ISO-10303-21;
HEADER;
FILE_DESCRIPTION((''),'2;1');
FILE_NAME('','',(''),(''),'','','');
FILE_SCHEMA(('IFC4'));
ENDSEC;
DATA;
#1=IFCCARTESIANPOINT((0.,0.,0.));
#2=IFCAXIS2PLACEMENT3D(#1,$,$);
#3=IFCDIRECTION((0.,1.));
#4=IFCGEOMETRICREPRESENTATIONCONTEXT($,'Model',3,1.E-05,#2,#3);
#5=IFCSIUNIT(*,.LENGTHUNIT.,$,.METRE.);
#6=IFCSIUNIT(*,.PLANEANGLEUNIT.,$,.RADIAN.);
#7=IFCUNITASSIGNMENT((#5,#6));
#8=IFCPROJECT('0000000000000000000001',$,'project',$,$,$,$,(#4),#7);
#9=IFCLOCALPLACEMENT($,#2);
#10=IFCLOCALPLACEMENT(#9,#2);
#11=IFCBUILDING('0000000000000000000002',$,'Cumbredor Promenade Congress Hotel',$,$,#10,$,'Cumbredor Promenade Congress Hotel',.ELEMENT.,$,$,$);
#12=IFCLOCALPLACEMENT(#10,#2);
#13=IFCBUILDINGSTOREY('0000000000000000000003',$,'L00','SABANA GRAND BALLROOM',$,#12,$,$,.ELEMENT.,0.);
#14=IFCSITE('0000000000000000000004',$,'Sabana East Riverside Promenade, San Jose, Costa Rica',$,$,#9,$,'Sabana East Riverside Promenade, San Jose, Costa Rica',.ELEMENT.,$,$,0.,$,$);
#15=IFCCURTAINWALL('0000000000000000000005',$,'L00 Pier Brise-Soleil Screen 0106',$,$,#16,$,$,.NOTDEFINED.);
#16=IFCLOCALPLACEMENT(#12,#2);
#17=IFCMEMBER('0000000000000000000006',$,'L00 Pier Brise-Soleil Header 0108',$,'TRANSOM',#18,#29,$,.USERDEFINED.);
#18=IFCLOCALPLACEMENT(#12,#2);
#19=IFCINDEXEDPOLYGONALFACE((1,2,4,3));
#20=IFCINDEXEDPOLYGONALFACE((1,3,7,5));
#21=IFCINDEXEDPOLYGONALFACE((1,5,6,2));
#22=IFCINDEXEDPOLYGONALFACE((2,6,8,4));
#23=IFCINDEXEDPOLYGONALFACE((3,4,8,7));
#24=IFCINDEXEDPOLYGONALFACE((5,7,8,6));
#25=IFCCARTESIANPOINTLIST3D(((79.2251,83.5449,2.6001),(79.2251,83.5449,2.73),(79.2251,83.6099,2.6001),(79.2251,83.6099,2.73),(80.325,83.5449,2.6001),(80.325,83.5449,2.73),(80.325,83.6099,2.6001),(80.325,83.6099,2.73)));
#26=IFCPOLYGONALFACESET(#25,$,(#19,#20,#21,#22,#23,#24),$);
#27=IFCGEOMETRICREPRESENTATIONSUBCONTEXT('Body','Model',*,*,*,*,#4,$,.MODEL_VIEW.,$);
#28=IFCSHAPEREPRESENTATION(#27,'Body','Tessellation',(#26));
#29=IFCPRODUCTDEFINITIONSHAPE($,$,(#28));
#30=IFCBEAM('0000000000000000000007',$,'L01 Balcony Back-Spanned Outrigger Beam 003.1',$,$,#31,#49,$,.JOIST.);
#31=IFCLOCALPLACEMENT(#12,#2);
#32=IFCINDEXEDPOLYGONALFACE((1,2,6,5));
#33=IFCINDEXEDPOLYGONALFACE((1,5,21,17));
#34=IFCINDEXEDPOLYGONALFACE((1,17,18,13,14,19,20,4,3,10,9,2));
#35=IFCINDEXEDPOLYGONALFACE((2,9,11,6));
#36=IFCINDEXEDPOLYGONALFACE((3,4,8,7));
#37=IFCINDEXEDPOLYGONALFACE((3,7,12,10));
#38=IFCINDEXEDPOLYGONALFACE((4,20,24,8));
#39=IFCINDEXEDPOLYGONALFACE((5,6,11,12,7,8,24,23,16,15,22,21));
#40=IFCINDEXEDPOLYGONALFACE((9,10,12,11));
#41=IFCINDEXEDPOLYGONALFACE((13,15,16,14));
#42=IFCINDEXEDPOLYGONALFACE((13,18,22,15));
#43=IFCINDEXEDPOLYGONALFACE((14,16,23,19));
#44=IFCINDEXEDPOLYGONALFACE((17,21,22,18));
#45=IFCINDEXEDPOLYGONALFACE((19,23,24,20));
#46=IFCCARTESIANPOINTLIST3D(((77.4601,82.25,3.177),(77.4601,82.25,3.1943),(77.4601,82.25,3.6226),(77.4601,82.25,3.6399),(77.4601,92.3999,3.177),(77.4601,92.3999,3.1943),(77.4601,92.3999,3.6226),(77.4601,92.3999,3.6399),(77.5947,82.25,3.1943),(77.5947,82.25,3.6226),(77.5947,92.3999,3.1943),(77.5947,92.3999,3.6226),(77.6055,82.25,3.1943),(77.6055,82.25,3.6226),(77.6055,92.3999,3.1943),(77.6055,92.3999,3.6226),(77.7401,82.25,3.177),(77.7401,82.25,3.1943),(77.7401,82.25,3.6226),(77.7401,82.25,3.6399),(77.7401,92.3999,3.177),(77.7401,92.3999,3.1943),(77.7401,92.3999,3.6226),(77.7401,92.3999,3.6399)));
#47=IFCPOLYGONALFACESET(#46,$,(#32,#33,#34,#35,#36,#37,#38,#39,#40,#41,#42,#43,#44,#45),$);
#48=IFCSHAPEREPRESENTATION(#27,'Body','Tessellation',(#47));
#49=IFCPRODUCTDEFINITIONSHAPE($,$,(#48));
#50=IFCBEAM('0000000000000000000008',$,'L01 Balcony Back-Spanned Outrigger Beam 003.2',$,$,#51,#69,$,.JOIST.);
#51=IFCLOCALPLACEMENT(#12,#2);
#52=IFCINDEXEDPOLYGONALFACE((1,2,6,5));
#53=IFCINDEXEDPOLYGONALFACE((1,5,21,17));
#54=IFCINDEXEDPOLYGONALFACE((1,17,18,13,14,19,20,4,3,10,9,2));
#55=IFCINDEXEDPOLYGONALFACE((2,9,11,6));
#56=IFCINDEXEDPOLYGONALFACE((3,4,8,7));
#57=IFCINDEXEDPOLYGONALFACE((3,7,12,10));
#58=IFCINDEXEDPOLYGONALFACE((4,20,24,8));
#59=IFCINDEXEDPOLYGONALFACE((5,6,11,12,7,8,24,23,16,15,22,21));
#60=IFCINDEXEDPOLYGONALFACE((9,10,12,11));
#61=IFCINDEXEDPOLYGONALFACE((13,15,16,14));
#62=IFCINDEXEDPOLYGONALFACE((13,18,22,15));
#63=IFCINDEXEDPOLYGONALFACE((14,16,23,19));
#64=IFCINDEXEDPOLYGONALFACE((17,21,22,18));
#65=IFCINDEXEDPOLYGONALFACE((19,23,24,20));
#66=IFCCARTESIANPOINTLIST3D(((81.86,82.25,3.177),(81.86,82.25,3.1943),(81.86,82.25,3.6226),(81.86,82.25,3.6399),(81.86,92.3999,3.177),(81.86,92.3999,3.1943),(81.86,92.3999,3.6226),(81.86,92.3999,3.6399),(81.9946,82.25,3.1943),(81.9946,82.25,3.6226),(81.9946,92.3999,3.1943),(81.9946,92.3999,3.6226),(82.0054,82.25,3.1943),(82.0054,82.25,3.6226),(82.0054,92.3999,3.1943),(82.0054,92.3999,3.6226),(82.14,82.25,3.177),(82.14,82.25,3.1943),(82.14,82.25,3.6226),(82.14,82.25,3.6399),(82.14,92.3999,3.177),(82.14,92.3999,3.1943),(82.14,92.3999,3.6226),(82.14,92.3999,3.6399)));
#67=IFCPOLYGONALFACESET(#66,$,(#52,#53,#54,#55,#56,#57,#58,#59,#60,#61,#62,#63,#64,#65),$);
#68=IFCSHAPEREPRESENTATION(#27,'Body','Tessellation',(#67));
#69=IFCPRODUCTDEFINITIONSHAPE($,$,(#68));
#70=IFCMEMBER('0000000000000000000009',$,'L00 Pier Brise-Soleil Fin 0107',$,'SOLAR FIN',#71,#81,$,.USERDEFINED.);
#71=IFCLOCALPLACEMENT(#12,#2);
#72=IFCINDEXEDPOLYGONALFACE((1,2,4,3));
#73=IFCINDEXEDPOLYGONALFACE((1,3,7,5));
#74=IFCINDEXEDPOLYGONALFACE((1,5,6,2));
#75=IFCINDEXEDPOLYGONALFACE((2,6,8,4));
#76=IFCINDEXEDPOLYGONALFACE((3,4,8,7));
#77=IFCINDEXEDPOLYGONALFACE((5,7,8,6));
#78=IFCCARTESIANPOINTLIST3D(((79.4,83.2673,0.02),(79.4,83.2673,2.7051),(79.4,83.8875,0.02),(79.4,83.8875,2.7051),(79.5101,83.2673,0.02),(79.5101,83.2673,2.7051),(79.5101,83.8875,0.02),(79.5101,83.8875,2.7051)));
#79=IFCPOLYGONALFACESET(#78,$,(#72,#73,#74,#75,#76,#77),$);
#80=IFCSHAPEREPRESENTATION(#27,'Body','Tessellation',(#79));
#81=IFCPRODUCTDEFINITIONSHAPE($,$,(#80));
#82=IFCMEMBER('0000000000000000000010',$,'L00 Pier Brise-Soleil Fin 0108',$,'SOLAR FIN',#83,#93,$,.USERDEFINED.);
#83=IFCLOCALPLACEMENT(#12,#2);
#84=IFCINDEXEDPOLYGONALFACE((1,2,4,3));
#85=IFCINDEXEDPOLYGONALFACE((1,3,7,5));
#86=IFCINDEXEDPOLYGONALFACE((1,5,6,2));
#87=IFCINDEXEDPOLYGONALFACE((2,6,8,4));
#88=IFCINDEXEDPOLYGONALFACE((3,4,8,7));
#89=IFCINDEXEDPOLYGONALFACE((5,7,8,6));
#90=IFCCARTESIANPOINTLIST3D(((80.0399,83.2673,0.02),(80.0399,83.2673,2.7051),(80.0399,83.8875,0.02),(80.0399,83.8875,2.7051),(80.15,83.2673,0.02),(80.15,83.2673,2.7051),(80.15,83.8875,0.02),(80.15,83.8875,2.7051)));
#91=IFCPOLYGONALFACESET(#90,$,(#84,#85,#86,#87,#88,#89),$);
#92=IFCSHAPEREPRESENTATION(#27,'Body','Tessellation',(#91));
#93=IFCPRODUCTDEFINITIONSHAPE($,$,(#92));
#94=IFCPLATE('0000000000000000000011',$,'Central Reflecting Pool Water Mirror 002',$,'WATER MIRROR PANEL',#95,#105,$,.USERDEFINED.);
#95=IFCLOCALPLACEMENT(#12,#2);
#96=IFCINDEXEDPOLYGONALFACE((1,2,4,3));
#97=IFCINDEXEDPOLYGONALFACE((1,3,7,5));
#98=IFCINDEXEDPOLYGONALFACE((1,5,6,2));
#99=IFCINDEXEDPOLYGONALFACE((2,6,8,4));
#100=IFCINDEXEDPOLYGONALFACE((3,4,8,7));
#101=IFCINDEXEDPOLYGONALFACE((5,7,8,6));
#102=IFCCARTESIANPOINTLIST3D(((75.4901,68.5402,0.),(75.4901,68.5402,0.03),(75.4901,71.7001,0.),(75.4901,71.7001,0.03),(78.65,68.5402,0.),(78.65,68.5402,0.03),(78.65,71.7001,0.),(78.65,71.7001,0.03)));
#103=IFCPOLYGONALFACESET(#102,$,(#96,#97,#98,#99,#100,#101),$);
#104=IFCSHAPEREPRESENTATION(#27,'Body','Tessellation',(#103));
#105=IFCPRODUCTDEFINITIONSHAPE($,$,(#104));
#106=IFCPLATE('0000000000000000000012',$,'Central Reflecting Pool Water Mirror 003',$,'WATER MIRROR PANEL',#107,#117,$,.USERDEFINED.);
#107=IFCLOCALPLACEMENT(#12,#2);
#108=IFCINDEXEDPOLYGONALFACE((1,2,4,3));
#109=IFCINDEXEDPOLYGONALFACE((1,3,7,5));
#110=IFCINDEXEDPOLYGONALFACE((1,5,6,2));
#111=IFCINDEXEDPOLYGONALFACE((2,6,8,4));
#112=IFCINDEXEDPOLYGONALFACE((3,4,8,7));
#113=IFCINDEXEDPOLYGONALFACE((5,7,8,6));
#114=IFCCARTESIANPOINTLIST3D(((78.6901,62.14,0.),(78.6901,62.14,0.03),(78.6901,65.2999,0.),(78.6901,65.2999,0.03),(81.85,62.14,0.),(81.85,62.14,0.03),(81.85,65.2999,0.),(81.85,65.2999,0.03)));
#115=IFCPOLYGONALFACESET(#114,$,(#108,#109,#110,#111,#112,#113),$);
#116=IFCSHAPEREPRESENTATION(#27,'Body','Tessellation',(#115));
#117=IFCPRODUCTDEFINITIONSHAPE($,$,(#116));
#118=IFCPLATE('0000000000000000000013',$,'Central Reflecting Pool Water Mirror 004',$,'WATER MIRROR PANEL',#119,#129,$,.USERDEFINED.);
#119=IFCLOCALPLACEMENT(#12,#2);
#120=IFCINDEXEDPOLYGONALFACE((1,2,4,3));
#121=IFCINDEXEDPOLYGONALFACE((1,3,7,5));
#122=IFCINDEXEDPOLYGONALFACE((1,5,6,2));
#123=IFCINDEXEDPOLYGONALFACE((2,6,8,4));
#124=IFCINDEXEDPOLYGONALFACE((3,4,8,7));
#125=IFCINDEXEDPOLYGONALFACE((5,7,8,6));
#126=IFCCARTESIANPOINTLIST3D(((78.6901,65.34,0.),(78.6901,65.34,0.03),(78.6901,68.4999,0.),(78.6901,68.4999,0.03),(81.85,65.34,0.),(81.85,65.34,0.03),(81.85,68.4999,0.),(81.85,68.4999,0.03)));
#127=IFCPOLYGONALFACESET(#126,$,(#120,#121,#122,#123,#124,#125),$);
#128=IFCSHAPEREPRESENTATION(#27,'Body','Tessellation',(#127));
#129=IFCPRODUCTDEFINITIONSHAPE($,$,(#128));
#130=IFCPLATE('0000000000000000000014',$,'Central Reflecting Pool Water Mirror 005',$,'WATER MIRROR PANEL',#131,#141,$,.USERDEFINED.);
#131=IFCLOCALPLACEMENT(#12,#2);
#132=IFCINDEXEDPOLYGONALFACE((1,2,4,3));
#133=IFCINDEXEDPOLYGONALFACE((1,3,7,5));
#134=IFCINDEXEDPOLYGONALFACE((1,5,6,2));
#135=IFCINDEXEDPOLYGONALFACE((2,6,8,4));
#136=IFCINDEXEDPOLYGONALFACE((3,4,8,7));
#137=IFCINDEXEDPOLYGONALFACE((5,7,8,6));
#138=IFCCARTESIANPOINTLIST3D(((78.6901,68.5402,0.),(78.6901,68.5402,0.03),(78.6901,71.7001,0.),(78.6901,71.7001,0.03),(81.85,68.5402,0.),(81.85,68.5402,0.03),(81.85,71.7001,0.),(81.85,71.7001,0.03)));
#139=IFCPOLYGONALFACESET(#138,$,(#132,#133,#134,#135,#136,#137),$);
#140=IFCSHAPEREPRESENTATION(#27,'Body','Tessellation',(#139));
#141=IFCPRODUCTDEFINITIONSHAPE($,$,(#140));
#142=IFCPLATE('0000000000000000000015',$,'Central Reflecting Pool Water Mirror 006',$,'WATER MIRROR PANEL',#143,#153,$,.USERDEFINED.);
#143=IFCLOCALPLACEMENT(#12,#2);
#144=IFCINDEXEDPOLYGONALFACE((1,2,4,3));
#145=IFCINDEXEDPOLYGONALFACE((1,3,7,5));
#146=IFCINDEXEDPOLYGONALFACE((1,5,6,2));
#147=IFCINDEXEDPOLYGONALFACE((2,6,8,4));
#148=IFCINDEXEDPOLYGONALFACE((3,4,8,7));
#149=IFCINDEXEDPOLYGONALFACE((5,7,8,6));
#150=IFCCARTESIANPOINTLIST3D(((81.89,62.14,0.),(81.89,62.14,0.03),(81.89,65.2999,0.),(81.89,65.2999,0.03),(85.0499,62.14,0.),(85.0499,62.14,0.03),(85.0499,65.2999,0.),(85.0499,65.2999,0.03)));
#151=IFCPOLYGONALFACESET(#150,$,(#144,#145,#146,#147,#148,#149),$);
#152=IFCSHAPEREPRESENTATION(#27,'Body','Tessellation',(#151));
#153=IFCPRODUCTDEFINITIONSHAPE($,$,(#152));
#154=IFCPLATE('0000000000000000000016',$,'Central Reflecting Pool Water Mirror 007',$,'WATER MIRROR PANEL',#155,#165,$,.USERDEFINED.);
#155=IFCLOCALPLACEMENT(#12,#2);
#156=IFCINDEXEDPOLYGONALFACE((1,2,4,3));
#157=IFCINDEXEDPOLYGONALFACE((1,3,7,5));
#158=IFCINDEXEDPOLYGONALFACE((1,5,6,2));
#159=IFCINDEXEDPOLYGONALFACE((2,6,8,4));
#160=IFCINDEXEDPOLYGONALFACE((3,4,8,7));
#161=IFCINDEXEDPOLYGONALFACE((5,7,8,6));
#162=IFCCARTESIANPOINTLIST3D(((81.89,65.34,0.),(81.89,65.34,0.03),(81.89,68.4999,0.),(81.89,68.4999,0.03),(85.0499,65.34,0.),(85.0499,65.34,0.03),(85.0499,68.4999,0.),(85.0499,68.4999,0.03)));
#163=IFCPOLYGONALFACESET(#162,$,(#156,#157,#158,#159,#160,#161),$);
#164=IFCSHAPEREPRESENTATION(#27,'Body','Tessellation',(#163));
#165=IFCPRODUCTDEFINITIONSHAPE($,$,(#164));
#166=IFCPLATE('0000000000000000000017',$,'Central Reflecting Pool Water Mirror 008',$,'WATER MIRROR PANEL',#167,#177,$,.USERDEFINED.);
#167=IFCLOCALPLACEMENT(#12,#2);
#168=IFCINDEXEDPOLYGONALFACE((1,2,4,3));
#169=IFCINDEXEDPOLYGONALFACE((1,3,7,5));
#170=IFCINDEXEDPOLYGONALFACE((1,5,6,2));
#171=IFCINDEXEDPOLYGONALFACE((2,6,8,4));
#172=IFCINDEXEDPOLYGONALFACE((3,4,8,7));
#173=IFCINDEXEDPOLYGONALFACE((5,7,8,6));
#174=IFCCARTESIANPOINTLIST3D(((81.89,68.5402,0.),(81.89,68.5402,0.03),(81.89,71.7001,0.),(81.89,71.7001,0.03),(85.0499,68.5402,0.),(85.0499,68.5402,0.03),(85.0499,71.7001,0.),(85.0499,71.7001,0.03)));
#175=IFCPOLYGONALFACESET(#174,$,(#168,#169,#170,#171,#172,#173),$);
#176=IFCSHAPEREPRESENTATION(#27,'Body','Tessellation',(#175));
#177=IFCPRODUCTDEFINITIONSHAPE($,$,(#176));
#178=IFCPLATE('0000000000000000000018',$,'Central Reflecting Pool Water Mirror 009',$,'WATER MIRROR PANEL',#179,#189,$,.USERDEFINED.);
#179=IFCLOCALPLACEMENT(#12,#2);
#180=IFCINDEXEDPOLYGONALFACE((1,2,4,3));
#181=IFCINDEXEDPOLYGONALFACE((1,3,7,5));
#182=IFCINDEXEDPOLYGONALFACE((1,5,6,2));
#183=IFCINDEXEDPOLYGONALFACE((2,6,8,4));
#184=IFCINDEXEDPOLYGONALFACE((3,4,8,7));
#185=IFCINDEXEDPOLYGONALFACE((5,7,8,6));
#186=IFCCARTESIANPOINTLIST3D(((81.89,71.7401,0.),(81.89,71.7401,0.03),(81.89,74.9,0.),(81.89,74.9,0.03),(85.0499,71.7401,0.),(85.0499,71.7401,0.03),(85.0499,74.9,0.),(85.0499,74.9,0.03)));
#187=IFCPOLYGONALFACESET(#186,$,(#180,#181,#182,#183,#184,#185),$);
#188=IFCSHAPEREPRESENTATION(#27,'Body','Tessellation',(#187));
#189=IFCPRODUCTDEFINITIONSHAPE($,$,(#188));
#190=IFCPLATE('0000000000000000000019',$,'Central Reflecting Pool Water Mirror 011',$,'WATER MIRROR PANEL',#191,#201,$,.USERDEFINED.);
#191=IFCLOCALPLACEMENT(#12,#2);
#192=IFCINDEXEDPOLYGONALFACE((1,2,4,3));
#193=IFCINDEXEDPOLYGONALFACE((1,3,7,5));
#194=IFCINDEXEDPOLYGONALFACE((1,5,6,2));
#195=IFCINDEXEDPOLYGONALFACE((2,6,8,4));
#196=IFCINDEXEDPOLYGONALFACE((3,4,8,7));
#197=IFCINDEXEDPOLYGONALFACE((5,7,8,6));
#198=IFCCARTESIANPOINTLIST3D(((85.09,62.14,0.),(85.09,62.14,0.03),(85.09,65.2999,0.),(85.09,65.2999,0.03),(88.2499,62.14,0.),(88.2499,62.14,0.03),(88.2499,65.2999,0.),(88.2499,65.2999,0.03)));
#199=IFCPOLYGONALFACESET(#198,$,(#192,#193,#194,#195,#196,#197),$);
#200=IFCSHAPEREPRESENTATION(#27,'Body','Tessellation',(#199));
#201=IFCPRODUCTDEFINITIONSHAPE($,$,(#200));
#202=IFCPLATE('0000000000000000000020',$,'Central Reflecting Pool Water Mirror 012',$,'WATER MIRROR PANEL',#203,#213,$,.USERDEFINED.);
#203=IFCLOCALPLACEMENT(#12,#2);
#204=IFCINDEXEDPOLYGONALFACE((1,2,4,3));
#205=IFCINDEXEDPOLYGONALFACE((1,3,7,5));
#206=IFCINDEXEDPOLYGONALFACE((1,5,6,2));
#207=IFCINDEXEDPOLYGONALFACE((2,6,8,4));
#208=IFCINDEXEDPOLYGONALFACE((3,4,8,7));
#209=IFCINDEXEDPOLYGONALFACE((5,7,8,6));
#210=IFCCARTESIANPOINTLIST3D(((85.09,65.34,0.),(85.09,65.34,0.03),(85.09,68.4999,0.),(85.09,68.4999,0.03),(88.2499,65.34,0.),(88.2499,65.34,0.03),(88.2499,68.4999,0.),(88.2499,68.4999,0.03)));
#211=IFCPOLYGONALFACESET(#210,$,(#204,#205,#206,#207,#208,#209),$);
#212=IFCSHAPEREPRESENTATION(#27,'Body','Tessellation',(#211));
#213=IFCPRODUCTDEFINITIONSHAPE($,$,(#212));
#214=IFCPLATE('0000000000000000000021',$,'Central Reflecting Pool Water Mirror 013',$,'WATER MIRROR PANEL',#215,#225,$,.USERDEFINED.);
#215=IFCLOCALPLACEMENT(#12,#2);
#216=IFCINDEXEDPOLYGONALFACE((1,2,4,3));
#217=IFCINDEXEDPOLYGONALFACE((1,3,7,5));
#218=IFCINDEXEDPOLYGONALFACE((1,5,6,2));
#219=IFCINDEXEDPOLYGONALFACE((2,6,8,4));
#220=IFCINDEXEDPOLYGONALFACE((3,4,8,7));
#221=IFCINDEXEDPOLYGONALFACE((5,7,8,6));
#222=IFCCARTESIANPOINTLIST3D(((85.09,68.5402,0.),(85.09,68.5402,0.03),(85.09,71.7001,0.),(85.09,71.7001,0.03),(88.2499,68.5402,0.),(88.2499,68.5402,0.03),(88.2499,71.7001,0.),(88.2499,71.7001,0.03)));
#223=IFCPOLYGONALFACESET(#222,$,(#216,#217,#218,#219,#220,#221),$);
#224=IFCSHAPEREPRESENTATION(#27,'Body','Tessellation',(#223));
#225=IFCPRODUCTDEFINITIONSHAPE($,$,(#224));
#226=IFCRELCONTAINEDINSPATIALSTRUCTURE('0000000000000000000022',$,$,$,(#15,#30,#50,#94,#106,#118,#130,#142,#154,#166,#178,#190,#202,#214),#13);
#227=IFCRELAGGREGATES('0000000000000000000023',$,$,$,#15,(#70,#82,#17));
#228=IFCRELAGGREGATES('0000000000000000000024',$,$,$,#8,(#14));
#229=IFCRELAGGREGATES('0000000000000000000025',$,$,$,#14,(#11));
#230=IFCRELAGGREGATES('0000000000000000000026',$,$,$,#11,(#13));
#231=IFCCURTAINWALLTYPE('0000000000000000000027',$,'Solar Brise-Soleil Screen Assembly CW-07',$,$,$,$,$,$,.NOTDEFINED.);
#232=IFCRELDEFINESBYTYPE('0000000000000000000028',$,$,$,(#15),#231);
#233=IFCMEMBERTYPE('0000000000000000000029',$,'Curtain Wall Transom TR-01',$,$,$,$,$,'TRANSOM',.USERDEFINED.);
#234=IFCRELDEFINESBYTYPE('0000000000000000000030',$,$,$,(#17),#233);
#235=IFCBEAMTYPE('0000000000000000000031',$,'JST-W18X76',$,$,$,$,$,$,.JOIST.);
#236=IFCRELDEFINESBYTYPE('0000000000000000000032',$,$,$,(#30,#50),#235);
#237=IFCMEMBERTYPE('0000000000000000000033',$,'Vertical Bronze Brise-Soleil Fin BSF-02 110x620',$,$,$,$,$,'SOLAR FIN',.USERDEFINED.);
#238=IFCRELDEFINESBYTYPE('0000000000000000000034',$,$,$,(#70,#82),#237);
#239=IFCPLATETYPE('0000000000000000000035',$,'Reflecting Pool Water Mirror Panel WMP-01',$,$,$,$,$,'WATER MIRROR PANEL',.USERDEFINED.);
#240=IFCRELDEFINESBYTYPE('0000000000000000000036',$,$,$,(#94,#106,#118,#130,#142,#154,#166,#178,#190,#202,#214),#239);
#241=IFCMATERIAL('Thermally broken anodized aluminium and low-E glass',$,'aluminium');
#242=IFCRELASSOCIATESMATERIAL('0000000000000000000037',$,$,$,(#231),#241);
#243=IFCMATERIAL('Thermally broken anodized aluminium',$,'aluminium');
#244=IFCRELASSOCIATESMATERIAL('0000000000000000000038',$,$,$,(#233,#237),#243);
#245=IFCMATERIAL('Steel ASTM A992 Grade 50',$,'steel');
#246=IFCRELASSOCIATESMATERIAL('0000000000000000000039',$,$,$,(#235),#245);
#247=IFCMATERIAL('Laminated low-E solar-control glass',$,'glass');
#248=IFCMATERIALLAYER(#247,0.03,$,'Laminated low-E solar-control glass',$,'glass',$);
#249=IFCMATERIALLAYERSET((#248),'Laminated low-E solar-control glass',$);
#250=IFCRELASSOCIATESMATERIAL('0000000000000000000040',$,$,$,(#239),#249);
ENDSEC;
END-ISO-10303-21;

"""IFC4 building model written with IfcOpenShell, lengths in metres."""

from ifc_helpers import new_model, si_unit, direction, frame, origin, origin_2d, place, context, subcontext, project, spatial, rectangle, i_section, extrude, material, layer, layer_set, material_profile, profile_set, type_object, element, aggregate, save


model = new_model("IFC4")

# Units and contexts
model_context = context("Model", 3, precision=1e-05, world=origin(), true_north=direction((0.0, 1.0)))
body_context = subcontext(model_context, "Body", "Model", "MODEL_VIEW")
ifc_project = project(units=[si_unit("LENGTHUNIT", "METRE"), si_unit("PLANEANGLEUNIT", "RADIAN")], contexts=[model_context])

# Site, building, storey
site_placement = place(None, origin())
site = spatial("IfcSite", under=ifc_project, at=site_placement, Name="Sabana East Riverside Promenade, San Jose, Costa Rica", LongName="Sabana East Riverside Promenade, San Jose, Costa Rica", CompositionType="ELEMENT", RefElevation=0.0)
building_placement = place(site_placement, origin())
building = spatial("IfcBuilding", under=site, at=building_placement, Name="Cumbredor Promenade Congress Hotel", LongName="Cumbredor Promenade Congress Hotel", CompositionType="ELEMENT")
storey_placement = place(building_placement, origin())
storey = spatial("IfcBuildingStorey", under=building, at=storey_placement, Name="L00", Description="SABANA GRAND BALLROOM", CompositionType="ELEMENT", Elevation=0.0)

# Curtain wall, member
ifc_material_1 = material(Name="Thermally broken anodized aluminium and low-E glass", Category="aluminium")
curtain_wall_type = type_object("IfcCurtainWallType", Name="Solar Brise-Soleil Screen Assembly CW-07", PredefinedType="NOTDEFINED", material=ifc_material_1)
curtain_wall_placement = place(storey_placement, origin())
curtain_wall = element("IfcCurtainWall", 1, at=curtain_wall_placement, inside=storey, type_object=curtain_wall_type, Name="L00 Pier Brise-Soleil Screen 0106", PredefinedType="NOTDEFINED")
ifc_material_2 = material(Name="Thermally broken anodized aluminium", Category="aluminium")
ifc_material_profile_1 = material_profile(ifc_material_2, rectangle(XDim=0.0649, YDim=0.1299, at=origin_2d()), Name="ALU TRANSOM 65x130")
ifc_profile_set_1 = profile_set([ifc_material_profile_1], Name="Thermally broken anodized aluminium")
member_type_1 = type_object("IfcMemberType", Name="Curtain Wall Transom TR-01", ElementType="TRANSOM", PredefinedType="USERDEFINED", material=ifc_profile_set_1)
member_1_placement = place(storey_placement, frame((79.2251, 83.5774, 2.665), z_axis=(1.0, 0.0, 0.0), x_axis=(0.0, 1.0, 0.0)))
member_1 = element("IfcMember", 2, at=member_1_placement, type_object=member_type_1, Name="L00 Pier Brise-Soleil Header 0108", ObjectType="TRANSOM", PredefinedType="USERDEFINED", context=body_context, shape_type="SweptSolid", body=[
    extrude(rectangle(XDim=0.0649, YDim=0.1299, at=origin_2d()), origin(), (0.0, 0.0, 1.0), 1.0999),
])

# Beams
ifc_material_3 = material(Name="Steel ASTM A992 Grade 50", Category="steel")
ifc_material_profile_2 = material_profile(ifc_material_3, i_section(OverallWidth=0.28, OverallDepth=0.4629, WebThickness=0.0107, FlangeThickness=0.0173, at=origin_2d()), Name="W18X76")
ifc_profile_set_2 = profile_set([ifc_material_profile_2], Name="Steel ASTM A992 Grade 50")
beam_type = type_object("IfcBeamType", Name="JST-W18X76", PredefinedType="JOIST", material=ifc_profile_set_2)
for number, where, z_axis, x_axis, name in (
    (3, (77.6001, 82.25, 3.4084), (0.0, 1.0, 0.0), (-1.0, 0.0, 0.0), "L01 Balcony Back-Spanned Outrigger Beam 003.1"),
    (4, (82.0, 82.25, 3.4084), (0.0, 1.0, 0.0), (-1.0, 0.0, 0.0), "L01 Balcony Back-Spanned Outrigger Beam 003.2"),
):
    element("IfcBeam", number, at=place(storey_placement, frame(where, z_axis=z_axis, x_axis=x_axis)), inside=storey, type_object=beam_type, Name=name, PredefinedType="JOIST", context=body_context, shape_type="SweptSolid", body=[
        extrude(i_section(OverallWidth=0.28, OverallDepth=0.4629, WebThickness=0.0107, FlangeThickness=0.0173, at=origin_2d()), origin(), (0.0, 0.0, 1.0), 10.1499),
    ])

# Members
ifc_material_profile_3 = material_profile(ifc_material_2, rectangle(XDim=0.1101, YDim=0.6201, at=origin_2d()), Name="ARCH FIN 110x620")
ifc_profile_set_3 = profile_set([ifc_material_profile_3], Name="Thermally broken anodized aluminium")
member_type_2 = type_object("IfcMemberType", Name="Vertical Bronze Brise-Soleil Fin BSF-02 110x620", ElementType="SOLAR FIN", PredefinedType="USERDEFINED", material=ifc_profile_set_3)
member_2_placement = place(storey_placement, frame((79.4551, 83.5774, 0.02), z_axis=(0.0, 0.0, 1.0), x_axis=(1.0, 0.0, 0.0)))
member_2 = element("IfcMember", 5, at=member_2_placement, type_object=member_type_2, Name="L00 Pier Brise-Soleil Fin 0107", ObjectType="SOLAR FIN", PredefinedType="USERDEFINED", context=body_context, shape_type="SweptSolid", body=[
    extrude(rectangle(XDim=0.1101, YDim=0.6201, at=origin_2d()), origin(), (0.0, 0.0, 1.0), 2.6851),
])
member_3_placement = place(storey_placement, frame((80.095, 83.5774, 0.02), z_axis=(0.0, 0.0, 1.0), x_axis=(1.0, 0.0, 0.0)))
member_3 = element("IfcMember", 6, at=member_3_placement, type_object=member_type_2, Name="L00 Pier Brise-Soleil Fin 0108", ObjectType="SOLAR FIN", PredefinedType="USERDEFINED", context=body_context, shape_type="SweptSolid", body=[
    extrude(rectangle(XDim=0.1101, YDim=0.6201, at=origin_2d()), origin(), (0.0, 0.0, 1.0), 2.6851),
])
aggregate(curtain_wall, [member_2, member_3, member_1])

# Plates
ifc_material_4 = material(Name="Laminated low-E solar-control glass", Category="glass")
ifc_layer_1 = layer(ifc_material_4, 0.03, Name="Laminated low-E solar-control glass", Category="glass")
ifc_layer_set_1 = layer_set([ifc_layer_1], Name="Laminated low-E solar-control glass")
plate_type = type_object("IfcPlateType", Name="Reflecting Pool Water Mirror Panel WMP-01", ElementType="WATER MIRROR PANEL", PredefinedType="USERDEFINED", material=ifc_layer_set_1)
for number, where, z_axis, x_axis, name in (
    (7, (77.0701, 70.1201, 0.0), (0.0, 0.0, 1.0), (1.0, 0.0, 0.0), "Central Reflecting Pool Water Mirror 002"),
    (8, (80.27, 63.72, 0.0), (0.0, 0.0, 1.0), (1.0, 0.0, 0.0), "Central Reflecting Pool Water Mirror 003"),
    (9, (80.27, 66.9199, 0.0), (0.0, 0.0, 1.0), (1.0, 0.0, 0.0), "Central Reflecting Pool Water Mirror 004"),
    (10, (80.27, 70.1201, 0.0), (0.0, 0.0, 1.0), (1.0, 0.0, 0.0), "Central Reflecting Pool Water Mirror 005"),
    (11, (83.47, 63.72, 0.0), (0.0, 0.0, 1.0), (1.0, 0.0, 0.0), "Central Reflecting Pool Water Mirror 006"),
    (12, (83.47, 66.9199, 0.0), (0.0, 0.0, 1.0), (1.0, 0.0, 0.0), "Central Reflecting Pool Water Mirror 007"),
    (13, (83.47, 70.1201, 0.0), (0.0, 0.0, 1.0), (1.0, 0.0, 0.0), "Central Reflecting Pool Water Mirror 008"),
    (14, (83.47, 73.3201, 0.0), (0.0, 0.0, 1.0), (1.0, 0.0, 0.0), "Central Reflecting Pool Water Mirror 009"),
    (15, (86.6699, 63.72, 0.0), (0.0, 0.0, 1.0), (1.0, 0.0, 0.0), "Central Reflecting Pool Water Mirror 011"),
    (16, (86.6699, 66.9199, 0.0), (0.0, 0.0, 1.0), (1.0, 0.0, 0.0), "Central Reflecting Pool Water Mirror 012"),
    (17, (86.6699, 70.1201, 0.0), (0.0, 0.0, 1.0), (1.0, 0.0, 0.0), "Central Reflecting Pool Water Mirror 013"),
):
    element("IfcPlate", number, at=place(storey_placement, frame(where, z_axis=z_axis, x_axis=x_axis)), inside=storey, type_object=plate_type, Name=name, ObjectType="WATER MIRROR PANEL", PredefinedType="USERDEFINED", context=body_context, shape_type="SweptSolid", body=[
        extrude(rectangle(XDim=3.1599, YDim=3.1599, at=origin_2d()), origin(), (0.0, 0.0, 1.0), 0.03),
    ])

save(model, "model.ifc")
